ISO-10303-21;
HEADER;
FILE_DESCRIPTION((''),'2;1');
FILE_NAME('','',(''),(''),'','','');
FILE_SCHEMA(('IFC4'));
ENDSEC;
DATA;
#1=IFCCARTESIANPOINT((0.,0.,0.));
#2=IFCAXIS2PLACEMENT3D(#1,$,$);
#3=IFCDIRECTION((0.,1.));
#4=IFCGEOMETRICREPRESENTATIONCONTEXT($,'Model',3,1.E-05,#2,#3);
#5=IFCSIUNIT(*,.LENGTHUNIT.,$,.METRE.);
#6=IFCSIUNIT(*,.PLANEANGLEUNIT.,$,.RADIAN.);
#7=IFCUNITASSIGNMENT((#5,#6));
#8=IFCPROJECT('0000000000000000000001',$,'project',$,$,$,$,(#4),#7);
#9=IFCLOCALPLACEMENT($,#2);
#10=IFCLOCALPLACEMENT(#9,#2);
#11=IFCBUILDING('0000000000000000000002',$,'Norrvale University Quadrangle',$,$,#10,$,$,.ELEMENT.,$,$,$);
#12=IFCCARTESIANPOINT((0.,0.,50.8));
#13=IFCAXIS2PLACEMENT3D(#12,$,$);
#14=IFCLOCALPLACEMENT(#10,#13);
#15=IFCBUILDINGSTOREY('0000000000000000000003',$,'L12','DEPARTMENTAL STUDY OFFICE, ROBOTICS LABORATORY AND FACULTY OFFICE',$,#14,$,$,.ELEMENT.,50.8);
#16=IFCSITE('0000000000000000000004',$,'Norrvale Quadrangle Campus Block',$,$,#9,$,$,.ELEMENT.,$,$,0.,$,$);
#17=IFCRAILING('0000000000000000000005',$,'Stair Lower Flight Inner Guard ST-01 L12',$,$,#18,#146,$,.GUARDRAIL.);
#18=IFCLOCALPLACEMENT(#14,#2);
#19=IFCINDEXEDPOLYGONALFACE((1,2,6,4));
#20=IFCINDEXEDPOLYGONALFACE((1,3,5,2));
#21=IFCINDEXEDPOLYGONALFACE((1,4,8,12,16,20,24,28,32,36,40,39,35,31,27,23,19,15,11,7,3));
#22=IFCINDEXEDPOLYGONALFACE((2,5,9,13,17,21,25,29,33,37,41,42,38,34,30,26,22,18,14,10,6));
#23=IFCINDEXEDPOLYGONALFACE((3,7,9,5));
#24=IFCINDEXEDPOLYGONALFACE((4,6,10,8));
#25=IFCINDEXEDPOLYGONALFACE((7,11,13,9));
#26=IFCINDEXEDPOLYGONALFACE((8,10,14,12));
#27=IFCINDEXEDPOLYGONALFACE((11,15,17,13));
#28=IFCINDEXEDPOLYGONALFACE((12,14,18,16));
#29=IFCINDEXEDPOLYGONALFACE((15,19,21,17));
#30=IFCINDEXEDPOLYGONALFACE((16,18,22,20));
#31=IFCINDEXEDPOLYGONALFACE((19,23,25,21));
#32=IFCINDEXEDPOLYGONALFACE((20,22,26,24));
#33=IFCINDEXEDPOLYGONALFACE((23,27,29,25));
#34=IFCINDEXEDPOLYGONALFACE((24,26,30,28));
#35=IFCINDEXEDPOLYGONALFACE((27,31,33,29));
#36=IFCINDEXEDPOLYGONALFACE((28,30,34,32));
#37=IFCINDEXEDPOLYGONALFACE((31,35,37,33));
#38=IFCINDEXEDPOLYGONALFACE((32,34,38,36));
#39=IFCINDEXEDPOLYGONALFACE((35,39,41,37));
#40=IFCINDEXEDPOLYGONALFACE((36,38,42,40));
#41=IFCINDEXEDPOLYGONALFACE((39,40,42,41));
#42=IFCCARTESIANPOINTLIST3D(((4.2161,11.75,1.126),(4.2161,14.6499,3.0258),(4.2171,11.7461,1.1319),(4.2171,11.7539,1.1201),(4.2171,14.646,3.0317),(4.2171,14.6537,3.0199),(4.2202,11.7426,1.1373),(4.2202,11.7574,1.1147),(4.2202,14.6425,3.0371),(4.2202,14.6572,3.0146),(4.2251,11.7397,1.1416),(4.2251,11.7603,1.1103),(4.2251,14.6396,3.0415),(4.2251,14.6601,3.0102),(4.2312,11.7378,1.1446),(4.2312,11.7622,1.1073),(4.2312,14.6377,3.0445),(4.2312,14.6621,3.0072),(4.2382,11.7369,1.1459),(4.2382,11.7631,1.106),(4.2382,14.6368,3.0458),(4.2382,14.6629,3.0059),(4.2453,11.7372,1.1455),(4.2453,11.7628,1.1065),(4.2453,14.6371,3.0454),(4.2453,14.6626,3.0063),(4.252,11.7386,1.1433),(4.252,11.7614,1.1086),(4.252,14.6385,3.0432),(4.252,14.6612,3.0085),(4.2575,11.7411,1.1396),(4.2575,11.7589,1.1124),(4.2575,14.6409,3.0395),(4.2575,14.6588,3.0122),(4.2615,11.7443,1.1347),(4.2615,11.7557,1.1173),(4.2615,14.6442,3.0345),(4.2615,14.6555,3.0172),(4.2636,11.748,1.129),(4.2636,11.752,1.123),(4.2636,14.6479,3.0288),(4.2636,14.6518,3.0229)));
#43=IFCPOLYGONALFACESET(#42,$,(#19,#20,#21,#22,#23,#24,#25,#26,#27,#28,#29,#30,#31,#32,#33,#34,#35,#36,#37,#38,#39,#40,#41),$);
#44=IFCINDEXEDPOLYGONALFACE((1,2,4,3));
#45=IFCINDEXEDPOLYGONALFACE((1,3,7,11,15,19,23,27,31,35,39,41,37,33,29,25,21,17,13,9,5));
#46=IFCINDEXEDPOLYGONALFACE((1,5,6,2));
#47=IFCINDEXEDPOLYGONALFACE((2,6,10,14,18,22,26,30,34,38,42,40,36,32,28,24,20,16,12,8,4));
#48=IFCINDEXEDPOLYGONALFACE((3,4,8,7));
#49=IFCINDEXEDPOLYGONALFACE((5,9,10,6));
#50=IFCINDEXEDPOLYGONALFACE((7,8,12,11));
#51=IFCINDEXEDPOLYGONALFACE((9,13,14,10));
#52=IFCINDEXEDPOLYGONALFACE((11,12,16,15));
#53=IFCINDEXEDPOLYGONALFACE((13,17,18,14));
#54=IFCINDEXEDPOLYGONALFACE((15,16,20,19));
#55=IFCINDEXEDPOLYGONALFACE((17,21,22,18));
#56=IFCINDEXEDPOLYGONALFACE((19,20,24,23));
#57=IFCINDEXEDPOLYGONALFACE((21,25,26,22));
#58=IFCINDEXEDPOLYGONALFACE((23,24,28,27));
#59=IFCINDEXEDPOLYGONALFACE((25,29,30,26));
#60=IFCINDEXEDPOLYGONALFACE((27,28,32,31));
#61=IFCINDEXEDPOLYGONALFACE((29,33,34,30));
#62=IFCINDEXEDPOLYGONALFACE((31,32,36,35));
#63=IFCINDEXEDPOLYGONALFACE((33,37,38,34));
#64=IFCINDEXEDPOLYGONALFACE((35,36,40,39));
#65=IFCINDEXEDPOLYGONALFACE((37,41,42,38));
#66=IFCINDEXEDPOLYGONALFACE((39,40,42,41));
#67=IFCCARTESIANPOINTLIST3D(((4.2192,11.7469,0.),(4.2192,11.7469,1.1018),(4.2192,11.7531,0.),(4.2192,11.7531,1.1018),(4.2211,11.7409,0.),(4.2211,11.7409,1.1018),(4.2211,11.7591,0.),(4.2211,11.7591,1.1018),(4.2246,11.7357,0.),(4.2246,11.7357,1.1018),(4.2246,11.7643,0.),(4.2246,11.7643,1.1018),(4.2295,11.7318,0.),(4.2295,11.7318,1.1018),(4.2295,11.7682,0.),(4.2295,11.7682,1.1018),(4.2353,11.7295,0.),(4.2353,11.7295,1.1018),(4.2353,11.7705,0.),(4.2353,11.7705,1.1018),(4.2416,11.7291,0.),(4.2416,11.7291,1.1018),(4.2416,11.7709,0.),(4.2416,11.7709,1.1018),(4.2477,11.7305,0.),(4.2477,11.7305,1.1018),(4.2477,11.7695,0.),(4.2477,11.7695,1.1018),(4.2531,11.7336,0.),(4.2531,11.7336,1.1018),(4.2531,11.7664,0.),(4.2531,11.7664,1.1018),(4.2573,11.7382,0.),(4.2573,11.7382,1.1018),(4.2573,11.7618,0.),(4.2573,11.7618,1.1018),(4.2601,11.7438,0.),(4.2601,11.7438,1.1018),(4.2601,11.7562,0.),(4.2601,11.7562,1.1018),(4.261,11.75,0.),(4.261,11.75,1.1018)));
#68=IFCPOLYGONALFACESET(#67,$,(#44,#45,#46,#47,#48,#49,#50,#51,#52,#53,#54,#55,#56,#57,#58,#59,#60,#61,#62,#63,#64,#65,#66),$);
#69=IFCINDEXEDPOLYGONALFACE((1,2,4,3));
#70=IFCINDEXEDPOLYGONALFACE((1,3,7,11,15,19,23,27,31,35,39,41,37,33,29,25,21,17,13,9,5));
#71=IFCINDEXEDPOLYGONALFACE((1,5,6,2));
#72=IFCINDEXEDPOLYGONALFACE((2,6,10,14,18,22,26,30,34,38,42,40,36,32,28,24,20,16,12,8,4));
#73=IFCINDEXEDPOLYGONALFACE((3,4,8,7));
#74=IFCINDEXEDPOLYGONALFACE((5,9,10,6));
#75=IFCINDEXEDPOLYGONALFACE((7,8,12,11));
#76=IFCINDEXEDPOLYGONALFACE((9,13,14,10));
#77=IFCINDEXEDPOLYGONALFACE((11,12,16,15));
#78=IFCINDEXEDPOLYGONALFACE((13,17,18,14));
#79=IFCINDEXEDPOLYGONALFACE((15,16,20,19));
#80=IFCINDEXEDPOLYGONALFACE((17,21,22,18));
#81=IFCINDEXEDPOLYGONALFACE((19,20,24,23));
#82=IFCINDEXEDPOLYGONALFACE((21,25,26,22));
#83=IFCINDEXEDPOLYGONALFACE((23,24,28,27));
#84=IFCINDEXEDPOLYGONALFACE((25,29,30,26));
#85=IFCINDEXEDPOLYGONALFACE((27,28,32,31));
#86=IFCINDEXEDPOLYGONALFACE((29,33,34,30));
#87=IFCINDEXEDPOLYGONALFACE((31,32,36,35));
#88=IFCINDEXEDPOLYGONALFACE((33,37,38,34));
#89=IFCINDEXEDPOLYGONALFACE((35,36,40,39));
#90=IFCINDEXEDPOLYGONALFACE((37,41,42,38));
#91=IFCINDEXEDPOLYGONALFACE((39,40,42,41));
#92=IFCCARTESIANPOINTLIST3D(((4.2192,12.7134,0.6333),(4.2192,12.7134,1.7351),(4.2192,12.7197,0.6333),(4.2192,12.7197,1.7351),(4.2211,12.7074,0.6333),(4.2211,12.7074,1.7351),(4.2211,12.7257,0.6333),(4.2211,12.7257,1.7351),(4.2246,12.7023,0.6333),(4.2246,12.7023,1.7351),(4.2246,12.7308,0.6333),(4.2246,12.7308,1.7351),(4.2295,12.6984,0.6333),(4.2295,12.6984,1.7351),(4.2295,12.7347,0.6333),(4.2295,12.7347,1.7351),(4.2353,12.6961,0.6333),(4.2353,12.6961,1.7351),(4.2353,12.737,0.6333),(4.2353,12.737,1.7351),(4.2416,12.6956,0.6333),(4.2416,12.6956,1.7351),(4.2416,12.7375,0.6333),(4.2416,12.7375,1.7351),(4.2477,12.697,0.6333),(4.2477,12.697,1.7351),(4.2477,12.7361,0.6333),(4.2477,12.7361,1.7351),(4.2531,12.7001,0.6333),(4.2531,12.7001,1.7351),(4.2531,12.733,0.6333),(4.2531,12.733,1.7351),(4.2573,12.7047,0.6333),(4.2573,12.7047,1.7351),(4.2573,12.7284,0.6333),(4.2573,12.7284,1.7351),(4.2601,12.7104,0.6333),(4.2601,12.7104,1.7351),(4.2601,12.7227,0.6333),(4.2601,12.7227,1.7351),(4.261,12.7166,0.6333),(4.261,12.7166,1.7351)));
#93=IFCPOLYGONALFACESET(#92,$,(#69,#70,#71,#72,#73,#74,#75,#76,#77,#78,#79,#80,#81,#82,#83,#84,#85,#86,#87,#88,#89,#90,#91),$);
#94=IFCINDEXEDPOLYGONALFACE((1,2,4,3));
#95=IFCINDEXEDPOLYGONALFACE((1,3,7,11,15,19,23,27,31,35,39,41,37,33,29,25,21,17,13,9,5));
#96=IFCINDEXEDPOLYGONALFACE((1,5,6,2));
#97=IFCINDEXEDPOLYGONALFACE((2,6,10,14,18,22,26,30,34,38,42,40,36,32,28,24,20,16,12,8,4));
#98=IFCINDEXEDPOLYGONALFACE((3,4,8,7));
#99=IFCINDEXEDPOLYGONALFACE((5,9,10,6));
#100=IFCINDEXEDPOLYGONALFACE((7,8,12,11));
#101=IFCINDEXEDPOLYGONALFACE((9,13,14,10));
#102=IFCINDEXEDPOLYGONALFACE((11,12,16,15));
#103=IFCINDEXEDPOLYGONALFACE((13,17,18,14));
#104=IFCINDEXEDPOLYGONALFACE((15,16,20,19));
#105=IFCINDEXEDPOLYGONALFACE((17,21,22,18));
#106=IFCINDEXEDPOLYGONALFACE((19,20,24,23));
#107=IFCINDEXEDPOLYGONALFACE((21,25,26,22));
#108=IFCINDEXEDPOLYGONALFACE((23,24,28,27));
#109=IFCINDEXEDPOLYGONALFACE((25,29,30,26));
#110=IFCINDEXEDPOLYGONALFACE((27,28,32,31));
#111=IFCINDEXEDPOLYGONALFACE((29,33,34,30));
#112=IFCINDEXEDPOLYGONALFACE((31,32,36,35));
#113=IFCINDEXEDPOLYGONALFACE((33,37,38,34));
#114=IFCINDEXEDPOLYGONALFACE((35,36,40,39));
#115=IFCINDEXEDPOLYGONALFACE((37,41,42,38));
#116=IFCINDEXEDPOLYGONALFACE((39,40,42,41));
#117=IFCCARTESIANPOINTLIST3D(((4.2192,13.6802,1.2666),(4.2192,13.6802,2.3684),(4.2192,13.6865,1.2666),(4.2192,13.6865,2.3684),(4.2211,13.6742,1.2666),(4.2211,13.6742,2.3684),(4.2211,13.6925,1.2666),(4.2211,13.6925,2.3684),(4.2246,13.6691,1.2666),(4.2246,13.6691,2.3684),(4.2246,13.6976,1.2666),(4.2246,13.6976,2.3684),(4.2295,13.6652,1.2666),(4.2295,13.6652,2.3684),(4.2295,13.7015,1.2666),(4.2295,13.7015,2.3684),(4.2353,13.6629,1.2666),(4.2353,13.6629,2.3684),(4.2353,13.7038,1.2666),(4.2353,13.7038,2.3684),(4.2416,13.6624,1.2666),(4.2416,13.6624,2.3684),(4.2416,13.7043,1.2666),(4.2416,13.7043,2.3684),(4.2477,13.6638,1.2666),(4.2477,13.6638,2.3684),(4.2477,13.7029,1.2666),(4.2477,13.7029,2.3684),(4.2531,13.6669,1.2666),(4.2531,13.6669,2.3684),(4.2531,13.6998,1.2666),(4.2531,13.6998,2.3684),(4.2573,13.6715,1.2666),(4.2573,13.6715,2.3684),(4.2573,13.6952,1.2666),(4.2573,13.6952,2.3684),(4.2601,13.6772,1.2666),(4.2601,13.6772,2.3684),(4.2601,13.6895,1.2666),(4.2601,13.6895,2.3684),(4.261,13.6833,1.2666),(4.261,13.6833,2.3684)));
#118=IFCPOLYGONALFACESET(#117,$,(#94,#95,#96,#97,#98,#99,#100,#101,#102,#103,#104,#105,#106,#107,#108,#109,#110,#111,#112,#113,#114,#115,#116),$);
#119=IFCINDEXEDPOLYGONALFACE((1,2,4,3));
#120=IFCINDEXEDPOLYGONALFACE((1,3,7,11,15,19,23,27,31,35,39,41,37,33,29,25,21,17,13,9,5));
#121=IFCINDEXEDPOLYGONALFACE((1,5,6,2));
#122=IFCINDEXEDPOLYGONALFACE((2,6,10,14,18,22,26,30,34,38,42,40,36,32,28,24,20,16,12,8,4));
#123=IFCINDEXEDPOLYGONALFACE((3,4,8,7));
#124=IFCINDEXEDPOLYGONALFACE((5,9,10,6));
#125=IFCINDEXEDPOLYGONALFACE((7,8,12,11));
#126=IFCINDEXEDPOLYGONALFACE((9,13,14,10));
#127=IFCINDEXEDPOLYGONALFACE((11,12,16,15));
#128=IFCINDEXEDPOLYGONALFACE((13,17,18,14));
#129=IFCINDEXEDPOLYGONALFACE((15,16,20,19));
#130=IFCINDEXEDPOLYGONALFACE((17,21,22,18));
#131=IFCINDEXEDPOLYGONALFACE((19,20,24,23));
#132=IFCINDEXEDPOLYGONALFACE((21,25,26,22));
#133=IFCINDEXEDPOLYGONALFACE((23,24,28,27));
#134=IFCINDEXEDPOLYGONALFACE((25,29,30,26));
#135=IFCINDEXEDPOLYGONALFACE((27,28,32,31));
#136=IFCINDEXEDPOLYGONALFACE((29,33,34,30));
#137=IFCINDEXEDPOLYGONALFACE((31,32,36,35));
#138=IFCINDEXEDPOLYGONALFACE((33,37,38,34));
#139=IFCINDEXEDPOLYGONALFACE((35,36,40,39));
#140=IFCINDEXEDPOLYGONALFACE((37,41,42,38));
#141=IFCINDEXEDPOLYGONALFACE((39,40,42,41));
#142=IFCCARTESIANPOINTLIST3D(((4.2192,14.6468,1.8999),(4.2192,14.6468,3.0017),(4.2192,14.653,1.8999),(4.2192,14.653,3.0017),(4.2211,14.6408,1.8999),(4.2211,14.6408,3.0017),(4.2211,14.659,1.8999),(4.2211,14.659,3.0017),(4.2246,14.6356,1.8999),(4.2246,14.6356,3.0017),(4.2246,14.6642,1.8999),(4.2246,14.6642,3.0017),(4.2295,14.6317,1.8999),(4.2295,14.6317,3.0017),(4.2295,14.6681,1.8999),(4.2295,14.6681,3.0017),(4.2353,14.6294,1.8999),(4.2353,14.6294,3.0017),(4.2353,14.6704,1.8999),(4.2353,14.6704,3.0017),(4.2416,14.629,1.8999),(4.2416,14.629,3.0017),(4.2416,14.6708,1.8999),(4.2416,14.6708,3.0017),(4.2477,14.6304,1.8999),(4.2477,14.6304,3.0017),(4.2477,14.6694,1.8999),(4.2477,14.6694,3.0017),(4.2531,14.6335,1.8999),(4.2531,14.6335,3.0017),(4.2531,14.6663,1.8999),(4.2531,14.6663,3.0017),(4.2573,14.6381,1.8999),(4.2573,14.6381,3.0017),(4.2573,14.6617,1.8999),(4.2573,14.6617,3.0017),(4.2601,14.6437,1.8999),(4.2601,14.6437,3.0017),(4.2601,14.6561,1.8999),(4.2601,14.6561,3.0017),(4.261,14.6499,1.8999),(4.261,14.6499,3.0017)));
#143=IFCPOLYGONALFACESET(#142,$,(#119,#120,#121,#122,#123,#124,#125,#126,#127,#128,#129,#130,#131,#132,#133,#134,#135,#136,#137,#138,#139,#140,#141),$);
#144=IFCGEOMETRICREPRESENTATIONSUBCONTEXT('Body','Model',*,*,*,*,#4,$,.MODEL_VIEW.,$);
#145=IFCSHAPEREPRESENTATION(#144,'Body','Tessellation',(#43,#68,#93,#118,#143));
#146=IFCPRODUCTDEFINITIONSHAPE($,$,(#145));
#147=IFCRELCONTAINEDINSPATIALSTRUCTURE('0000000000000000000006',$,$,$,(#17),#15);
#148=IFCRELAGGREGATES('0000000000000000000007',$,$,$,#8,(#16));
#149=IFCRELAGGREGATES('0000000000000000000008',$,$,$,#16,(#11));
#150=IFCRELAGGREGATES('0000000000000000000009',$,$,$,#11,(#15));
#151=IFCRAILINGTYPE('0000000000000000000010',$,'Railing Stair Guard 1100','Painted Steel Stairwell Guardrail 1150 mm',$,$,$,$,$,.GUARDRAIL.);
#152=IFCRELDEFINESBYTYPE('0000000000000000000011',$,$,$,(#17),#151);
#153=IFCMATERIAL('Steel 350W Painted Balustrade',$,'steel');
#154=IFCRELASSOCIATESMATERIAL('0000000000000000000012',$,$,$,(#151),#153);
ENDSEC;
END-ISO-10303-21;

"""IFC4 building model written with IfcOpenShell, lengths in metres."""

from ifc_helpers import new_model, si_unit, direction, frame, origin, origin_2d, place, context, subcontext, project, spatial, circle, extrude, material, type_object, element, save


model = new_model("IFC4")

# Units and contexts
model_context = context("Model", 3, precision=1e-05, world=origin(), true_north=direction((0.0, 1.0)))
body_context = subcontext(model_context, "Body", "Model", "MODEL_VIEW")
ifc_project = project(units=[si_unit("LENGTHUNIT", "METRE"), si_unit("PLANEANGLEUNIT", "RADIAN")], contexts=[model_context])

# Site, building, storey
site_placement = place(None, origin())
site = spatial("IfcSite", under=ifc_project, at=site_placement, Name="Norrvale Quadrangle Campus Block", CompositionType="ELEMENT", RefElevation=0.0)
building_placement = place(site_placement, origin())
building = spatial("IfcBuilding", under=site, at=building_placement, Name="Norrvale University Quadrangle", CompositionType="ELEMENT")
storey_placement = place(building_placement, frame((0.0, 0.0, 50.8)))
storey = spatial("IfcBuildingStorey", under=building, at=storey_placement, Name="L12", Description="DEPARTMENTAL STUDY OFFICE, ROBOTICS LABORATORY AND FACULTY OFFICE", CompositionType="ELEMENT", Elevation=50.8)

# Railing
ifc_material_1 = material(Name="Steel 350W Painted Balustrade", Category="steel")
railing_type_1 = type_object("IfcRailingType", Name="Railing Stair Guard 1100", Description="Painted Steel Stairwell Guardrail 1150 mm", PredefinedType="GUARDRAIL", material=ifc_material_1)
railing_1_placement = place(storey_placement, frame((4.24, 11.75, 0.0)))
element("IfcRailing", 1, at=railing_1_placement, inside=storey, type_object=railing_type_1, Name="Stair Lower Flight Inner Guard ST-01 L12", PredefinedType="GUARDRAIL", context=body_context, shape_type="SweptSolid", body=[
    extrude(circle(Radius=0.0239, at=origin_2d()), frame((0.0, 0.0, 1.126), z_axis=(0.0, 0.836466, 0.548019), x_axis=(-1.0, 0.0, 0.0)), (0.0, 0.0, 1.0), 3.4668),
    extrude(circle(Radius=0.021, at=origin_2d()), origin(), (0.0, 0.0, 1.0), 1.1018),
    extrude(circle(Radius=0.021, at=origin_2d()), frame((0.0, 0.9666, 0.6333)), (0.0, 0.0, 1.0), 1.1018),
    extrude(circle(Radius=0.021, at=origin_2d()), frame((0.0, 1.9333, 1.2666)), (0.0, 0.0, 1.0), 1.1018),
    extrude(circle(Radius=0.021, at=origin_2d()), frame((0.0, 2.8999, 1.8999)), (0.0, 0.0, 1.0), 1.1018),
])

save(model, "model.ifc")
